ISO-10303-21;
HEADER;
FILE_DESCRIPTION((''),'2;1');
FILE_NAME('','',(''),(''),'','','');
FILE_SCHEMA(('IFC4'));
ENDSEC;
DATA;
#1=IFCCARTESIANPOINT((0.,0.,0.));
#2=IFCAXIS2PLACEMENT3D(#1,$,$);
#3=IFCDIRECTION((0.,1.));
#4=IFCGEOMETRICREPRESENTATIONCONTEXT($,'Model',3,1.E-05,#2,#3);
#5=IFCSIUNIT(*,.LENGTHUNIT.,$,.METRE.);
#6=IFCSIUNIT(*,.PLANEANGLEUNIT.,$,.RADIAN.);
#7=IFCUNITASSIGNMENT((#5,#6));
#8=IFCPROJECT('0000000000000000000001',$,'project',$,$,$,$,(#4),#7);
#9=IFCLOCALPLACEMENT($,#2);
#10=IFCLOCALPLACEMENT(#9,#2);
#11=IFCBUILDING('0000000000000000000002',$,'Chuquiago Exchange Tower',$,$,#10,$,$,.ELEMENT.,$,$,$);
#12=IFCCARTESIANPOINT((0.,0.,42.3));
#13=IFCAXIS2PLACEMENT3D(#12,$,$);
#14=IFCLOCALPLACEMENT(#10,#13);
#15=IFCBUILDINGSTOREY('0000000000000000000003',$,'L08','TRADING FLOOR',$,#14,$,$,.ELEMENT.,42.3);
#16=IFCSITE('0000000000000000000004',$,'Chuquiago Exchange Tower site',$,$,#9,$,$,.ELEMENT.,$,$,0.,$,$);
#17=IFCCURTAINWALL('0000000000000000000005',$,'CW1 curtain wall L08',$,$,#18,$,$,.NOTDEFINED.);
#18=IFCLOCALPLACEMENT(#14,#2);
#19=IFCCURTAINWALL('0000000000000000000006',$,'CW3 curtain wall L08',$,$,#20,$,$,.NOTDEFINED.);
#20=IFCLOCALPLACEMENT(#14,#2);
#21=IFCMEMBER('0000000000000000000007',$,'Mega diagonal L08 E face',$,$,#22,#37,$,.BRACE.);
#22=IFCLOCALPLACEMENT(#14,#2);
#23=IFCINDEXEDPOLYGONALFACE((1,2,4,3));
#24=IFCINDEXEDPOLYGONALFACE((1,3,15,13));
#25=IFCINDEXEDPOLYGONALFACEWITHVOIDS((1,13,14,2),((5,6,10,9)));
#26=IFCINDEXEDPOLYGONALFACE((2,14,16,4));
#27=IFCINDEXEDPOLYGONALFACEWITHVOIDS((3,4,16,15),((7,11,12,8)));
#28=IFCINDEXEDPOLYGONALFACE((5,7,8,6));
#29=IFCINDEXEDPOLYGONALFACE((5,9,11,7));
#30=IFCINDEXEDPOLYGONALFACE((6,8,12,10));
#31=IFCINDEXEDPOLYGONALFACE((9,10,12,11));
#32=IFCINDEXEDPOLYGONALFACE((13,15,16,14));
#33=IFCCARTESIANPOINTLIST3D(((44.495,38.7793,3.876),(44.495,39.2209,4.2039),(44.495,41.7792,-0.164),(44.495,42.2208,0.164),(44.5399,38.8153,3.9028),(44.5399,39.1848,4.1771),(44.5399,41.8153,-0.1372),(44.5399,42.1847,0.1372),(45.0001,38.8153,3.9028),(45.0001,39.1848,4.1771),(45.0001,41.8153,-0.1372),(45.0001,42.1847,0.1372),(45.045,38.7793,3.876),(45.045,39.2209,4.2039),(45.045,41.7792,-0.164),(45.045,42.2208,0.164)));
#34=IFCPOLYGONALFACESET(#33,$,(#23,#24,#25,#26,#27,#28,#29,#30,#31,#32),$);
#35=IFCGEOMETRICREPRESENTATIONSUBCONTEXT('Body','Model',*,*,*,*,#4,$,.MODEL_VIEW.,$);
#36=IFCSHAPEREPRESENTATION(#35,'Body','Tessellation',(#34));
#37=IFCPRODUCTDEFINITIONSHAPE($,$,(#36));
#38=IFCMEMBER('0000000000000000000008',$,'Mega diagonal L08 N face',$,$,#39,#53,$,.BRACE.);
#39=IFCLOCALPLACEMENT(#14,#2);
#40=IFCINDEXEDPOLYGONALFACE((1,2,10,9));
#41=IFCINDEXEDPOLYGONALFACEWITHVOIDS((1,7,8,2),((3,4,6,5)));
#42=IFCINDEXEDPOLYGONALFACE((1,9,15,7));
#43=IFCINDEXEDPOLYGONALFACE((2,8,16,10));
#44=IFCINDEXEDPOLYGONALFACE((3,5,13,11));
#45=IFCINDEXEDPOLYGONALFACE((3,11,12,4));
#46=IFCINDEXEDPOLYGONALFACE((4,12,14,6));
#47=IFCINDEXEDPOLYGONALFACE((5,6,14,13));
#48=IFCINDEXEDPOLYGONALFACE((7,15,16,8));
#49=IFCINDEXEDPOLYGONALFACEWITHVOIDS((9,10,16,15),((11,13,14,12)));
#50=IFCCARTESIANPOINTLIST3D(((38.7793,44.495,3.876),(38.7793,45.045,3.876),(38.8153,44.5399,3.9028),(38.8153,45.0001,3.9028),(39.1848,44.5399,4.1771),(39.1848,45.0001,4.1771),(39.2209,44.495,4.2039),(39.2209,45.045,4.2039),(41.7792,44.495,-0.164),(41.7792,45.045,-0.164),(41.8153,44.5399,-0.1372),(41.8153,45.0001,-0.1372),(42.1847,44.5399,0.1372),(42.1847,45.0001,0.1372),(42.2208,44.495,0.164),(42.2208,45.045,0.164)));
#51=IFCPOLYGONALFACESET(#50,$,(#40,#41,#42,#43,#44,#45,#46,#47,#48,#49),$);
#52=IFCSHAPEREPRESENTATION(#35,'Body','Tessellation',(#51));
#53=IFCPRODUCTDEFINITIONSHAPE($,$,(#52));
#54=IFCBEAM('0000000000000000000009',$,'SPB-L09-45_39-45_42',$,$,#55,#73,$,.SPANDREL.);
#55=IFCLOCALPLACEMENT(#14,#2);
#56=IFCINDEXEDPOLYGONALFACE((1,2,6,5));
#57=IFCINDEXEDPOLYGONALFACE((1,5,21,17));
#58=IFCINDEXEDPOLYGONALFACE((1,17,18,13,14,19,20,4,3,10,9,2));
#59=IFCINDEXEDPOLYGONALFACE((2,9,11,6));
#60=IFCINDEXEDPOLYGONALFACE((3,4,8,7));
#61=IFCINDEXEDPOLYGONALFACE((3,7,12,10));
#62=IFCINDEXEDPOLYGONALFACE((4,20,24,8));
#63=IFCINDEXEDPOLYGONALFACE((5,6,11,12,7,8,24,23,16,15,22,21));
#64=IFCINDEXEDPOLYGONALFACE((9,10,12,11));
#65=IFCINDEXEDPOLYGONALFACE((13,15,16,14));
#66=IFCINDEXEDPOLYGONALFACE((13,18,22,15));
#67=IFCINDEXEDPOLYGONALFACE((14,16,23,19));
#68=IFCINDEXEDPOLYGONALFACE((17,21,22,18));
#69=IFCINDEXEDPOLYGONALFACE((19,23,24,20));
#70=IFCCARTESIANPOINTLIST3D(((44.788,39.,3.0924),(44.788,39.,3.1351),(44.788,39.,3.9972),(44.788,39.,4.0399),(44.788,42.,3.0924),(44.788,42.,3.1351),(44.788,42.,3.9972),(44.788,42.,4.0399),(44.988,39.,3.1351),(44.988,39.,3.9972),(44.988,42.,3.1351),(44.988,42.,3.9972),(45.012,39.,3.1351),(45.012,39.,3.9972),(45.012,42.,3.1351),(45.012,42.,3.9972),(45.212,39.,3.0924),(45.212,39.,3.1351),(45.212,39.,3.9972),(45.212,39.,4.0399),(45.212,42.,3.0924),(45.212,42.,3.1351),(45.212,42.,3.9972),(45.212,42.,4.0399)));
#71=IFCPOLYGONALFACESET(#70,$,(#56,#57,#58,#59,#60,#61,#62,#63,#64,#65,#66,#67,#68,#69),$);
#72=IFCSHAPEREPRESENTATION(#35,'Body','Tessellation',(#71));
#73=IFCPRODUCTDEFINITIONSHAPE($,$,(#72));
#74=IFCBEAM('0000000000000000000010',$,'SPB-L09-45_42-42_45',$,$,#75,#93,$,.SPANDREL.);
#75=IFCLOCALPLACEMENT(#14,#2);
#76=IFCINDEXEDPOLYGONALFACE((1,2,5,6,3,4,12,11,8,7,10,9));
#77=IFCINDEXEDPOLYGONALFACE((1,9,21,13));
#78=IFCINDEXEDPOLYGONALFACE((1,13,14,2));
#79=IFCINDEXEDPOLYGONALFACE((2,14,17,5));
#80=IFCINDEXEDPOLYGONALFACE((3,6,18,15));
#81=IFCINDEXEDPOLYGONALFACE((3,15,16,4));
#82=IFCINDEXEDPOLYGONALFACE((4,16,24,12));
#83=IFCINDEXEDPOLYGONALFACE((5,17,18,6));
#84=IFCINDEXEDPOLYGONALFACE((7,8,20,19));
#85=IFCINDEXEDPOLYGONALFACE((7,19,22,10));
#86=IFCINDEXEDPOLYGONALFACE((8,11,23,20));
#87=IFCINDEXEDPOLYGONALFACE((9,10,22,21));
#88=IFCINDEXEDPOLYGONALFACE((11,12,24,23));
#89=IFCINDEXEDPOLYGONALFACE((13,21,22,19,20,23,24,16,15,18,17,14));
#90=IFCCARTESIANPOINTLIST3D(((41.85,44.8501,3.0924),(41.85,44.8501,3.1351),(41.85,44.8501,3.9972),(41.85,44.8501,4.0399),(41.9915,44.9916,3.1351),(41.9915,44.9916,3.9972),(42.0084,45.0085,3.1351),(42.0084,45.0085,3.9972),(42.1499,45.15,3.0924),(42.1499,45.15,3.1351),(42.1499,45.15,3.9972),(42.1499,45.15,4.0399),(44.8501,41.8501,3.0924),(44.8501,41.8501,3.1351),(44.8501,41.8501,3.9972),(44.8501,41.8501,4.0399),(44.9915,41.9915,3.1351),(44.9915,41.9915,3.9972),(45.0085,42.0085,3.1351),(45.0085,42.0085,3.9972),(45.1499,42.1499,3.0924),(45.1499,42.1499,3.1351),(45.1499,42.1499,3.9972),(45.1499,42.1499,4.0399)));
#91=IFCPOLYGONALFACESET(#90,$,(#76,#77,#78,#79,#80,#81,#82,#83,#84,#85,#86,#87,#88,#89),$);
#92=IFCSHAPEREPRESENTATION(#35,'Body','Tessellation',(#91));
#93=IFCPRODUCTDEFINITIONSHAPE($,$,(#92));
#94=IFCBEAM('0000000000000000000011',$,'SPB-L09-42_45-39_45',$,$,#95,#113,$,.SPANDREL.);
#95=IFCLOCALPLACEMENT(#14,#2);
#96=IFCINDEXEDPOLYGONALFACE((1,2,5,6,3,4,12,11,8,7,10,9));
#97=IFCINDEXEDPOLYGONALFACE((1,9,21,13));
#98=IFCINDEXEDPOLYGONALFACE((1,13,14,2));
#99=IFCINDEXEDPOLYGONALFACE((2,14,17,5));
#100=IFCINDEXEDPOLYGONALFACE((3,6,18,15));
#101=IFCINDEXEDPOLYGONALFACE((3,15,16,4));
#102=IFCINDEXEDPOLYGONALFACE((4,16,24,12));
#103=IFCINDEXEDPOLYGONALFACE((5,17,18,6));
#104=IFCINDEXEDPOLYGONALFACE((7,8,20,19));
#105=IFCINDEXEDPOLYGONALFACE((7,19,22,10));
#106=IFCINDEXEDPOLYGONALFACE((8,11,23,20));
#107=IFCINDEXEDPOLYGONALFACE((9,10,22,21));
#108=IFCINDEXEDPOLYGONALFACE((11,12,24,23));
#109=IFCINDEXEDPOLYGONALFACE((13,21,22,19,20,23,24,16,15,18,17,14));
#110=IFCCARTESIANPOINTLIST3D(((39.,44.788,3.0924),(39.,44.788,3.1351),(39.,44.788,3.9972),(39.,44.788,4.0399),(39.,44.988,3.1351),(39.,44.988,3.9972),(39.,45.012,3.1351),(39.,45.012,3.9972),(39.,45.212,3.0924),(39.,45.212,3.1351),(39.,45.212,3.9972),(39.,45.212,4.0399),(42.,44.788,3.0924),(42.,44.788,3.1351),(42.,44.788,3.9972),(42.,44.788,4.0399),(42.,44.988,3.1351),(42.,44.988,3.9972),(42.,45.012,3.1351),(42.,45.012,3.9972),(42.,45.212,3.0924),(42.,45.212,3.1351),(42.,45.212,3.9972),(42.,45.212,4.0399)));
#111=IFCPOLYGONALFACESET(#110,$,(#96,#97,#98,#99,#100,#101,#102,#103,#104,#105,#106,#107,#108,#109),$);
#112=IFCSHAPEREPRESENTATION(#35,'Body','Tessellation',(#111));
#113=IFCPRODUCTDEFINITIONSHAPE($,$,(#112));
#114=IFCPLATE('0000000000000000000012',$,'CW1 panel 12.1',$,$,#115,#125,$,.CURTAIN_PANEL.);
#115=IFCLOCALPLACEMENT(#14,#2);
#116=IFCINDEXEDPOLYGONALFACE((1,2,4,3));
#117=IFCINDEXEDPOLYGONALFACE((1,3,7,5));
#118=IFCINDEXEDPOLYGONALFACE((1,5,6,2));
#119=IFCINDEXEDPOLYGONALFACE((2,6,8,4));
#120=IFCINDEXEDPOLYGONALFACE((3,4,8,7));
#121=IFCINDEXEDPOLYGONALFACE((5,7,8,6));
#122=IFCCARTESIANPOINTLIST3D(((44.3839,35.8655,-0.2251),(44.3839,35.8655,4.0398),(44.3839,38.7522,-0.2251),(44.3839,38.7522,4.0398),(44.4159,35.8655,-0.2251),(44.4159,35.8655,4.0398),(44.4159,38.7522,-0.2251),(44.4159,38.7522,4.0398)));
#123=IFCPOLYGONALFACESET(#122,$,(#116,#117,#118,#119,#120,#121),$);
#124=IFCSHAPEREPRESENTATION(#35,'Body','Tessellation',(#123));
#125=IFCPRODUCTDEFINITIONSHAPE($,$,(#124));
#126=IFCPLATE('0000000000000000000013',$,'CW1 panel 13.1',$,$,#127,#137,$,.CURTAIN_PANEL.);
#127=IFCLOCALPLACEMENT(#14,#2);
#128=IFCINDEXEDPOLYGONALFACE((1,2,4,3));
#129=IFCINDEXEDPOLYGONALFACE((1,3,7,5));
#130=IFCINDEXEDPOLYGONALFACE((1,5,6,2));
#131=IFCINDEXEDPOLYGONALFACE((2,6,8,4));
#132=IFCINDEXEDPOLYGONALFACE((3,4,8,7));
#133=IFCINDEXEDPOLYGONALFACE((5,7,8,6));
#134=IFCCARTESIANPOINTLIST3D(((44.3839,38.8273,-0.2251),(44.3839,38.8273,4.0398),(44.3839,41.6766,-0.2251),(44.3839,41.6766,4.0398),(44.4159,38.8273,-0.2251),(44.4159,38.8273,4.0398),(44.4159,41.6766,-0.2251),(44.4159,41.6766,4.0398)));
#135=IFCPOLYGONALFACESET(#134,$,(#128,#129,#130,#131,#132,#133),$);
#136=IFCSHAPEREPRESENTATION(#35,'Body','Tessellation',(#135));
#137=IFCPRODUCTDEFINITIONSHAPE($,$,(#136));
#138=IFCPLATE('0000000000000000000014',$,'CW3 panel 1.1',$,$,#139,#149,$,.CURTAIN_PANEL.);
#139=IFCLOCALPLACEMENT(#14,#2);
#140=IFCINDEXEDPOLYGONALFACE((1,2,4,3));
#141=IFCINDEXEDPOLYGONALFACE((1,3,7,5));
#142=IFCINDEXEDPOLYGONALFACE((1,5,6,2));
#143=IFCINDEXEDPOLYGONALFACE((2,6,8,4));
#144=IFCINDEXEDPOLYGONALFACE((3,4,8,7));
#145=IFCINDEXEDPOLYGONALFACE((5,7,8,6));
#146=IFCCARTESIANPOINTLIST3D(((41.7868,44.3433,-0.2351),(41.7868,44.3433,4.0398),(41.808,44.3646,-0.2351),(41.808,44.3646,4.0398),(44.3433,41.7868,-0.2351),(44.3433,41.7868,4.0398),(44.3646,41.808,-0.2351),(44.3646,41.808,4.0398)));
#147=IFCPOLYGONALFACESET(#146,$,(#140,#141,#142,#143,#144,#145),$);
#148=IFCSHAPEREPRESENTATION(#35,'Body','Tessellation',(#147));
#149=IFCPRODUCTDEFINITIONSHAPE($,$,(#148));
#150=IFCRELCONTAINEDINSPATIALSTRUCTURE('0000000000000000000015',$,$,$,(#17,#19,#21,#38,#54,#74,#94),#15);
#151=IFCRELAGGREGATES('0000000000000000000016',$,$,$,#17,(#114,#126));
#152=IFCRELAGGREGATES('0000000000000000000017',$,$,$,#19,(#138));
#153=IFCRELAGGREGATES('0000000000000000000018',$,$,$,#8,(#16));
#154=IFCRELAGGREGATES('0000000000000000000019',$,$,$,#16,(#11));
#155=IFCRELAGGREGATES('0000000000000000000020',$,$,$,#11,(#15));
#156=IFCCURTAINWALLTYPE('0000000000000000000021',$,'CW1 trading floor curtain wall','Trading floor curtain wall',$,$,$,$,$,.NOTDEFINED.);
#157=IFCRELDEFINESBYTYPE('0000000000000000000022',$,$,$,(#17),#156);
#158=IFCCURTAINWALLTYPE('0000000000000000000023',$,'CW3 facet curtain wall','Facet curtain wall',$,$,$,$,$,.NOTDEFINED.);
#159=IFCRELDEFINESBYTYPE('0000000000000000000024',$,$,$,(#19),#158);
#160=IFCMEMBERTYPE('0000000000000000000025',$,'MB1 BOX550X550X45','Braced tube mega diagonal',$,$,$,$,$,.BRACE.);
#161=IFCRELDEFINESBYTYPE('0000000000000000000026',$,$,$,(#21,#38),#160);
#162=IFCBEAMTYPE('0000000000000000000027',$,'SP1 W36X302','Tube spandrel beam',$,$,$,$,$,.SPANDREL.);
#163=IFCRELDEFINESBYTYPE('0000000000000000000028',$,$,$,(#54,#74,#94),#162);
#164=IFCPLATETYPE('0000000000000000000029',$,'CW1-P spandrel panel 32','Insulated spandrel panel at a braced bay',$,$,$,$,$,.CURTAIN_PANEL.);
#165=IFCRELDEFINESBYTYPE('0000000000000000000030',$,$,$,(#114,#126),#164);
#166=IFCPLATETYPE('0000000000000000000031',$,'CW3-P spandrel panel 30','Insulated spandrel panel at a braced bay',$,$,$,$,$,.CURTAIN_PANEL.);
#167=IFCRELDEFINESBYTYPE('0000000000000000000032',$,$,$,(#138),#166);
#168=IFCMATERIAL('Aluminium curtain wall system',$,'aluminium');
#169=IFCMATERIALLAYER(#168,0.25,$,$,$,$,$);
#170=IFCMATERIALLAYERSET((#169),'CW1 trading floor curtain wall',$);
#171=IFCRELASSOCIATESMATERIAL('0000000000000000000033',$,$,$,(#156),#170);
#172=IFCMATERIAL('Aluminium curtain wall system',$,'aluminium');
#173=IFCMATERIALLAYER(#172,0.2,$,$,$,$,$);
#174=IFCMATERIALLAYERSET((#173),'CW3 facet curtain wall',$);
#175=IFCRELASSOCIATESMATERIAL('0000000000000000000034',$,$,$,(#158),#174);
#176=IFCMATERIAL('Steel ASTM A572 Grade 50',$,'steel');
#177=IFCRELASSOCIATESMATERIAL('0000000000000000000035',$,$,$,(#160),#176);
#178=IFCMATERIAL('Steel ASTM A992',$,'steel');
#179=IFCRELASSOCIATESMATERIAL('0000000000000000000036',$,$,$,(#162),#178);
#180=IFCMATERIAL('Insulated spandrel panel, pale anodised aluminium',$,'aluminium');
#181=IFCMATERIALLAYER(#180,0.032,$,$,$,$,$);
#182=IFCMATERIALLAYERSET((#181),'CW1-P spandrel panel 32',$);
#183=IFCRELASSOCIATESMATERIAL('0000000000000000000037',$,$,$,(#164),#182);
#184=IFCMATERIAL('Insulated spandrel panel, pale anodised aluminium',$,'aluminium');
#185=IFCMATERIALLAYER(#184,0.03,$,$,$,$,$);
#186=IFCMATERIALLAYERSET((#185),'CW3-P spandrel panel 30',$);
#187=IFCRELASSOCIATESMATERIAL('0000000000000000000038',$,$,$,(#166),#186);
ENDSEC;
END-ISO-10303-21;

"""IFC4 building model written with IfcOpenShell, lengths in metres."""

from ifc_helpers import new_model, si_unit, direction, frame, origin, origin_2d, place, context, subcontext, project, spatial, rectangle, hollow_rectangle, i_section, extrude, material, layer, layer_set, material_profile, profile_set, type_object, element, aggregate, save


model = new_model("IFC4")

# Units and contexts
model_context = context("Model", 3, precision=1e-05, world=origin(), true_north=direction((0.0, 1.0)))
body_context = subcontext(model_context, "Body", "Model", "MODEL_VIEW")
ifc_project = project(units=[si_unit("LENGTHUNIT", "METRE"), si_unit("PLANEANGLEUNIT", "RADIAN")], contexts=[model_context])

# Site, building, storey
site_placement = place(None, origin())
site = spatial("IfcSite", under=ifc_project, at=site_placement, Name="Chuquiago Exchange Tower site", CompositionType="ELEMENT", RefElevation=0.0)
building_placement = place(site_placement, origin())
building = spatial("IfcBuilding", under=site, at=building_placement, Name="Chuquiago Exchange Tower", CompositionType="ELEMENT")
storey_placement = place(building_placement, frame((0.0, 0.0, 42.3)))
storey = spatial("IfcBuildingStorey", under=building, at=storey_placement, Name="L08", Description="TRADING FLOOR", CompositionType="ELEMENT", Elevation=42.3)

# Curtain wall
ifc_material_1 = material(Name="Aluminium curtain wall system", Category="aluminium")
ifc_layer_1 = layer(ifc_material_1, 0.25)
ifc_layer_set_1 = layer_set([ifc_layer_1], Name="CW1 trading floor curtain wall")
curtain_wall_type_1 = type_object("IfcCurtainWallType", Name="CW1 trading floor curtain wall", Description="Trading floor curtain wall", PredefinedType="NOTDEFINED", material=ifc_layer_set_1)
curtain_wall_1_placement = place(storey_placement, origin())
curtain_wall_1 = element("IfcCurtainWall", 1, at=curtain_wall_1_placement, inside=storey, type_object=curtain_wall_type_1, Name="CW1 curtain wall L08", PredefinedType="NOTDEFINED")

# Curtain wall
ifc_material_2 = material(Name="Aluminium curtain wall system", Category="aluminium")
ifc_layer_2 = layer(ifc_material_2, 0.2)
ifc_layer_set_2 = layer_set([ifc_layer_2], Name="CW3 facet curtain wall")
curtain_wall_type_2 = type_object("IfcCurtainWallType", Name="CW3 facet curtain wall", Description="Facet curtain wall", PredefinedType="NOTDEFINED", material=ifc_layer_set_2)
curtain_wall_2_placement = place(storey_placement, origin())
curtain_wall_2 = element("IfcCurtainWall", 2, at=curtain_wall_2_placement, inside=storey, type_object=curtain_wall_type_2, Name="CW3 curtain wall L08", PredefinedType="NOTDEFINED")

# Members
ifc_material_3 = material(Name="Steel ASTM A572 Grade 50", Category="steel")
ifc_material_profile_1 = material_profile(ifc_material_3, hollow_rectangle(XDim=0.55, YDim=0.55, WallThickness=0.0449, at=origin_2d()), Name="BOX550X550X45")
ifc_profile_set_1 = profile_set([ifc_material_profile_1], Name="Steel ASTM A572 Grade 50")
member_type_1 = type_object("IfcMemberType", Name="MB1 BOX550X550X45", Description="Braced tube mega diagonal", PredefinedType="BRACE", material=ifc_profile_set_1)
for number, where, z_axis, x_axis, name in (
    (3, (44.77, 42.0, 0.0), (0.0, -0.596174, 0.802855), (1.0, 0.0, 0.0), "Mega diagonal L08 E face"),
    (4, (42.0, 44.77, 0.0), (-0.596174, 0.0, 0.802855), (0.0, -1.0, 0.0), "Mega diagonal L08 N face"),
):
    element("IfcMember", number, at=place(storey_placement, frame(where, z_axis=z_axis, x_axis=x_axis)), inside=storey, type_object=member_type_1, Name=name, PredefinedType="BRACE", context=body_context, shape_type="SweptSolid", body=[
        extrude(hollow_rectangle(XDim=0.55, YDim=0.55, WallThickness=0.0449, at=origin_2d()), origin(), (0.0, 0.0, 1.0), 5.032),
    ])

# Beams
ifc_material_4 = material(Name="Steel ASTM A992", Category="steel")
ifc_material_profile_2 = material_profile(ifc_material_4, i_section(OverallWidth=0.4241, OverallDepth=0.9475, WebThickness=0.0239, FlangeThickness=0.0427, at=origin_2d()), Name="W36X302")
ifc_profile_set_2 = profile_set([ifc_material_profile_2], Name="Steel ASTM A992")
beam_type = type_object("IfcBeamType", Name="SP1 W36X302", Description="Tube spandrel beam", PredefinedType="SPANDREL", material=ifc_profile_set_2)
beam_1_placement = place(storey_placement, frame((45.0, 39.0, 3.5662), z_axis=(0.0, 1.0, 0.0), x_axis=(-1.0, 0.0, 0.0)))
element("IfcBeam", 5, at=beam_1_placement, inside=storey, type_object=beam_type, Name="SPB-L09-45_39-45_42", PredefinedType="SPANDREL", context=body_context, shape_type="SweptSolid", body=[
    extrude(i_section(OverallWidth=0.4241, OverallDepth=0.9475, WebThickness=0.0239, FlangeThickness=0.0427, at=origin_2d()), origin(), (0.0, 0.0, 1.0), 3.0),
])
beam_2_placement = place(storey_placement, frame((45.0, 42.0, 3.5662), z_axis=(-0.707107, 0.707107, 0.0), x_axis=(-0.707107, -0.707107, 0.0)))
element("IfcBeam", 6, at=beam_2_placement, inside=storey, type_object=beam_type, Name="SPB-L09-45_42-42_45", PredefinedType="SPANDREL", context=body_context, shape_type="SweptSolid", body=[
    extrude(i_section(OverallWidth=0.4241, OverallDepth=0.9475, WebThickness=0.0239, FlangeThickness=0.0427, at=origin_2d()), origin(), (0.0, 0.0, 1.0), 4.2427),
])
beam_3_placement = place(storey_placement, frame((42.0, 45.0, 3.5662), z_axis=(-1.0, 0.0, 0.0), x_axis=(0.0, -1.0, 0.0)))
element("IfcBeam", 7, at=beam_3_placement, inside=storey, type_object=beam_type, Name="SPB-L09-42_45-39_45", PredefinedType="SPANDREL", context=body_context, shape_type="SweptSolid", body=[
    extrude(i_section(OverallWidth=0.4241, OverallDepth=0.9475, WebThickness=0.0239, FlangeThickness=0.0427, at=origin_2d()), origin(), (0.0, 0.0, 1.0), 3.0),
])

# Plates
ifc_material_5 = material(Name="Insulated spandrel panel, pale anodised aluminium", Category="aluminium")
ifc_layer_3 = layer(ifc_material_5, 0.032)
ifc_layer_set_3 = layer_set([ifc_layer_3], Name="CW1-P spandrel panel 32")
plate_type_1 = type_object("IfcPlateType", Name="CW1-P spandrel panel 32", Description="Insulated spandrel panel at a braced bay", PredefinedType="CURTAIN_PANEL", material=ifc_layer_set_3)
plate_1_placement = place(storey_placement, frame((44.3999, 37.3088, -0.2251), z_axis=(0.0, 0.0, 1.0), x_axis=(0.0, 1.0, 0.0)))
plate_1 = element("IfcPlate", 8, at=plate_1_placement, type_object=plate_type_1, Name="CW1 panel 12.1", PredefinedType="CURTAIN_PANEL", context=body_context, shape_type="SweptSolid", body=[
    extrude(rectangle(XDim=2.8867, YDim=0.032, at=origin_2d()), origin(), (0.0, 0.0, 1.0), 4.2649),
])
plate_2_placement = place(storey_placement, frame((44.3999, 40.252, -0.2251), z_axis=(0.0, 0.0, 1.0), x_axis=(0.0, 1.0, 0.0)))
plate_2 = element("IfcPlate", 9, at=plate_2_placement, type_object=plate_type_1, Name="CW1 panel 13.1", PredefinedType="CURTAIN_PANEL", context=body_context, shape_type="SweptSolid", body=[
    extrude(rectangle(XDim=2.8494, YDim=0.032, at=origin_2d()), origin(), (0.0, 0.0, 1.0), 4.2649),
])
aggregate(curtain_wall_1, [plate_1, plate_2])
ifc_material_6 = material(Name="Insulated spandrel panel, pale anodised aluminium", Category="aluminium")
ifc_layer_4 = layer(ifc_material_6, 0.03)
ifc_layer_set_4 = layer_set([ifc_layer_4], Name="CW3-P spandrel panel 30")
plate_type_2 = type_object("IfcPlateType", Name="CW3-P spandrel panel 30", Description="Insulated spandrel panel at a braced bay", PredefinedType="CURTAIN_PANEL", material=ifc_layer_set_4)
plate_3_placement = place(storey_placement, frame((43.0757, 43.0757, -0.2351), z_axis=(0.0, 0.0, 1.0), x_axis=(-0.707107, 0.707107, 0.0)))
plate_3 = element("IfcPlate", 10, at=plate_3_placement, type_object=plate_type_2, Name="CW3 panel 1.1", PredefinedType="CURTAIN_PANEL", context=body_context, shape_type="SweptSolid", body=[
    extrude(rectangle(XDim=3.6155, YDim=0.03, at=origin_2d()), origin(), (0.0, 0.0, 1.0), 4.2749),
])
aggregate(curtain_wall_2, [plate_3])

save(model, "model.ifc")
